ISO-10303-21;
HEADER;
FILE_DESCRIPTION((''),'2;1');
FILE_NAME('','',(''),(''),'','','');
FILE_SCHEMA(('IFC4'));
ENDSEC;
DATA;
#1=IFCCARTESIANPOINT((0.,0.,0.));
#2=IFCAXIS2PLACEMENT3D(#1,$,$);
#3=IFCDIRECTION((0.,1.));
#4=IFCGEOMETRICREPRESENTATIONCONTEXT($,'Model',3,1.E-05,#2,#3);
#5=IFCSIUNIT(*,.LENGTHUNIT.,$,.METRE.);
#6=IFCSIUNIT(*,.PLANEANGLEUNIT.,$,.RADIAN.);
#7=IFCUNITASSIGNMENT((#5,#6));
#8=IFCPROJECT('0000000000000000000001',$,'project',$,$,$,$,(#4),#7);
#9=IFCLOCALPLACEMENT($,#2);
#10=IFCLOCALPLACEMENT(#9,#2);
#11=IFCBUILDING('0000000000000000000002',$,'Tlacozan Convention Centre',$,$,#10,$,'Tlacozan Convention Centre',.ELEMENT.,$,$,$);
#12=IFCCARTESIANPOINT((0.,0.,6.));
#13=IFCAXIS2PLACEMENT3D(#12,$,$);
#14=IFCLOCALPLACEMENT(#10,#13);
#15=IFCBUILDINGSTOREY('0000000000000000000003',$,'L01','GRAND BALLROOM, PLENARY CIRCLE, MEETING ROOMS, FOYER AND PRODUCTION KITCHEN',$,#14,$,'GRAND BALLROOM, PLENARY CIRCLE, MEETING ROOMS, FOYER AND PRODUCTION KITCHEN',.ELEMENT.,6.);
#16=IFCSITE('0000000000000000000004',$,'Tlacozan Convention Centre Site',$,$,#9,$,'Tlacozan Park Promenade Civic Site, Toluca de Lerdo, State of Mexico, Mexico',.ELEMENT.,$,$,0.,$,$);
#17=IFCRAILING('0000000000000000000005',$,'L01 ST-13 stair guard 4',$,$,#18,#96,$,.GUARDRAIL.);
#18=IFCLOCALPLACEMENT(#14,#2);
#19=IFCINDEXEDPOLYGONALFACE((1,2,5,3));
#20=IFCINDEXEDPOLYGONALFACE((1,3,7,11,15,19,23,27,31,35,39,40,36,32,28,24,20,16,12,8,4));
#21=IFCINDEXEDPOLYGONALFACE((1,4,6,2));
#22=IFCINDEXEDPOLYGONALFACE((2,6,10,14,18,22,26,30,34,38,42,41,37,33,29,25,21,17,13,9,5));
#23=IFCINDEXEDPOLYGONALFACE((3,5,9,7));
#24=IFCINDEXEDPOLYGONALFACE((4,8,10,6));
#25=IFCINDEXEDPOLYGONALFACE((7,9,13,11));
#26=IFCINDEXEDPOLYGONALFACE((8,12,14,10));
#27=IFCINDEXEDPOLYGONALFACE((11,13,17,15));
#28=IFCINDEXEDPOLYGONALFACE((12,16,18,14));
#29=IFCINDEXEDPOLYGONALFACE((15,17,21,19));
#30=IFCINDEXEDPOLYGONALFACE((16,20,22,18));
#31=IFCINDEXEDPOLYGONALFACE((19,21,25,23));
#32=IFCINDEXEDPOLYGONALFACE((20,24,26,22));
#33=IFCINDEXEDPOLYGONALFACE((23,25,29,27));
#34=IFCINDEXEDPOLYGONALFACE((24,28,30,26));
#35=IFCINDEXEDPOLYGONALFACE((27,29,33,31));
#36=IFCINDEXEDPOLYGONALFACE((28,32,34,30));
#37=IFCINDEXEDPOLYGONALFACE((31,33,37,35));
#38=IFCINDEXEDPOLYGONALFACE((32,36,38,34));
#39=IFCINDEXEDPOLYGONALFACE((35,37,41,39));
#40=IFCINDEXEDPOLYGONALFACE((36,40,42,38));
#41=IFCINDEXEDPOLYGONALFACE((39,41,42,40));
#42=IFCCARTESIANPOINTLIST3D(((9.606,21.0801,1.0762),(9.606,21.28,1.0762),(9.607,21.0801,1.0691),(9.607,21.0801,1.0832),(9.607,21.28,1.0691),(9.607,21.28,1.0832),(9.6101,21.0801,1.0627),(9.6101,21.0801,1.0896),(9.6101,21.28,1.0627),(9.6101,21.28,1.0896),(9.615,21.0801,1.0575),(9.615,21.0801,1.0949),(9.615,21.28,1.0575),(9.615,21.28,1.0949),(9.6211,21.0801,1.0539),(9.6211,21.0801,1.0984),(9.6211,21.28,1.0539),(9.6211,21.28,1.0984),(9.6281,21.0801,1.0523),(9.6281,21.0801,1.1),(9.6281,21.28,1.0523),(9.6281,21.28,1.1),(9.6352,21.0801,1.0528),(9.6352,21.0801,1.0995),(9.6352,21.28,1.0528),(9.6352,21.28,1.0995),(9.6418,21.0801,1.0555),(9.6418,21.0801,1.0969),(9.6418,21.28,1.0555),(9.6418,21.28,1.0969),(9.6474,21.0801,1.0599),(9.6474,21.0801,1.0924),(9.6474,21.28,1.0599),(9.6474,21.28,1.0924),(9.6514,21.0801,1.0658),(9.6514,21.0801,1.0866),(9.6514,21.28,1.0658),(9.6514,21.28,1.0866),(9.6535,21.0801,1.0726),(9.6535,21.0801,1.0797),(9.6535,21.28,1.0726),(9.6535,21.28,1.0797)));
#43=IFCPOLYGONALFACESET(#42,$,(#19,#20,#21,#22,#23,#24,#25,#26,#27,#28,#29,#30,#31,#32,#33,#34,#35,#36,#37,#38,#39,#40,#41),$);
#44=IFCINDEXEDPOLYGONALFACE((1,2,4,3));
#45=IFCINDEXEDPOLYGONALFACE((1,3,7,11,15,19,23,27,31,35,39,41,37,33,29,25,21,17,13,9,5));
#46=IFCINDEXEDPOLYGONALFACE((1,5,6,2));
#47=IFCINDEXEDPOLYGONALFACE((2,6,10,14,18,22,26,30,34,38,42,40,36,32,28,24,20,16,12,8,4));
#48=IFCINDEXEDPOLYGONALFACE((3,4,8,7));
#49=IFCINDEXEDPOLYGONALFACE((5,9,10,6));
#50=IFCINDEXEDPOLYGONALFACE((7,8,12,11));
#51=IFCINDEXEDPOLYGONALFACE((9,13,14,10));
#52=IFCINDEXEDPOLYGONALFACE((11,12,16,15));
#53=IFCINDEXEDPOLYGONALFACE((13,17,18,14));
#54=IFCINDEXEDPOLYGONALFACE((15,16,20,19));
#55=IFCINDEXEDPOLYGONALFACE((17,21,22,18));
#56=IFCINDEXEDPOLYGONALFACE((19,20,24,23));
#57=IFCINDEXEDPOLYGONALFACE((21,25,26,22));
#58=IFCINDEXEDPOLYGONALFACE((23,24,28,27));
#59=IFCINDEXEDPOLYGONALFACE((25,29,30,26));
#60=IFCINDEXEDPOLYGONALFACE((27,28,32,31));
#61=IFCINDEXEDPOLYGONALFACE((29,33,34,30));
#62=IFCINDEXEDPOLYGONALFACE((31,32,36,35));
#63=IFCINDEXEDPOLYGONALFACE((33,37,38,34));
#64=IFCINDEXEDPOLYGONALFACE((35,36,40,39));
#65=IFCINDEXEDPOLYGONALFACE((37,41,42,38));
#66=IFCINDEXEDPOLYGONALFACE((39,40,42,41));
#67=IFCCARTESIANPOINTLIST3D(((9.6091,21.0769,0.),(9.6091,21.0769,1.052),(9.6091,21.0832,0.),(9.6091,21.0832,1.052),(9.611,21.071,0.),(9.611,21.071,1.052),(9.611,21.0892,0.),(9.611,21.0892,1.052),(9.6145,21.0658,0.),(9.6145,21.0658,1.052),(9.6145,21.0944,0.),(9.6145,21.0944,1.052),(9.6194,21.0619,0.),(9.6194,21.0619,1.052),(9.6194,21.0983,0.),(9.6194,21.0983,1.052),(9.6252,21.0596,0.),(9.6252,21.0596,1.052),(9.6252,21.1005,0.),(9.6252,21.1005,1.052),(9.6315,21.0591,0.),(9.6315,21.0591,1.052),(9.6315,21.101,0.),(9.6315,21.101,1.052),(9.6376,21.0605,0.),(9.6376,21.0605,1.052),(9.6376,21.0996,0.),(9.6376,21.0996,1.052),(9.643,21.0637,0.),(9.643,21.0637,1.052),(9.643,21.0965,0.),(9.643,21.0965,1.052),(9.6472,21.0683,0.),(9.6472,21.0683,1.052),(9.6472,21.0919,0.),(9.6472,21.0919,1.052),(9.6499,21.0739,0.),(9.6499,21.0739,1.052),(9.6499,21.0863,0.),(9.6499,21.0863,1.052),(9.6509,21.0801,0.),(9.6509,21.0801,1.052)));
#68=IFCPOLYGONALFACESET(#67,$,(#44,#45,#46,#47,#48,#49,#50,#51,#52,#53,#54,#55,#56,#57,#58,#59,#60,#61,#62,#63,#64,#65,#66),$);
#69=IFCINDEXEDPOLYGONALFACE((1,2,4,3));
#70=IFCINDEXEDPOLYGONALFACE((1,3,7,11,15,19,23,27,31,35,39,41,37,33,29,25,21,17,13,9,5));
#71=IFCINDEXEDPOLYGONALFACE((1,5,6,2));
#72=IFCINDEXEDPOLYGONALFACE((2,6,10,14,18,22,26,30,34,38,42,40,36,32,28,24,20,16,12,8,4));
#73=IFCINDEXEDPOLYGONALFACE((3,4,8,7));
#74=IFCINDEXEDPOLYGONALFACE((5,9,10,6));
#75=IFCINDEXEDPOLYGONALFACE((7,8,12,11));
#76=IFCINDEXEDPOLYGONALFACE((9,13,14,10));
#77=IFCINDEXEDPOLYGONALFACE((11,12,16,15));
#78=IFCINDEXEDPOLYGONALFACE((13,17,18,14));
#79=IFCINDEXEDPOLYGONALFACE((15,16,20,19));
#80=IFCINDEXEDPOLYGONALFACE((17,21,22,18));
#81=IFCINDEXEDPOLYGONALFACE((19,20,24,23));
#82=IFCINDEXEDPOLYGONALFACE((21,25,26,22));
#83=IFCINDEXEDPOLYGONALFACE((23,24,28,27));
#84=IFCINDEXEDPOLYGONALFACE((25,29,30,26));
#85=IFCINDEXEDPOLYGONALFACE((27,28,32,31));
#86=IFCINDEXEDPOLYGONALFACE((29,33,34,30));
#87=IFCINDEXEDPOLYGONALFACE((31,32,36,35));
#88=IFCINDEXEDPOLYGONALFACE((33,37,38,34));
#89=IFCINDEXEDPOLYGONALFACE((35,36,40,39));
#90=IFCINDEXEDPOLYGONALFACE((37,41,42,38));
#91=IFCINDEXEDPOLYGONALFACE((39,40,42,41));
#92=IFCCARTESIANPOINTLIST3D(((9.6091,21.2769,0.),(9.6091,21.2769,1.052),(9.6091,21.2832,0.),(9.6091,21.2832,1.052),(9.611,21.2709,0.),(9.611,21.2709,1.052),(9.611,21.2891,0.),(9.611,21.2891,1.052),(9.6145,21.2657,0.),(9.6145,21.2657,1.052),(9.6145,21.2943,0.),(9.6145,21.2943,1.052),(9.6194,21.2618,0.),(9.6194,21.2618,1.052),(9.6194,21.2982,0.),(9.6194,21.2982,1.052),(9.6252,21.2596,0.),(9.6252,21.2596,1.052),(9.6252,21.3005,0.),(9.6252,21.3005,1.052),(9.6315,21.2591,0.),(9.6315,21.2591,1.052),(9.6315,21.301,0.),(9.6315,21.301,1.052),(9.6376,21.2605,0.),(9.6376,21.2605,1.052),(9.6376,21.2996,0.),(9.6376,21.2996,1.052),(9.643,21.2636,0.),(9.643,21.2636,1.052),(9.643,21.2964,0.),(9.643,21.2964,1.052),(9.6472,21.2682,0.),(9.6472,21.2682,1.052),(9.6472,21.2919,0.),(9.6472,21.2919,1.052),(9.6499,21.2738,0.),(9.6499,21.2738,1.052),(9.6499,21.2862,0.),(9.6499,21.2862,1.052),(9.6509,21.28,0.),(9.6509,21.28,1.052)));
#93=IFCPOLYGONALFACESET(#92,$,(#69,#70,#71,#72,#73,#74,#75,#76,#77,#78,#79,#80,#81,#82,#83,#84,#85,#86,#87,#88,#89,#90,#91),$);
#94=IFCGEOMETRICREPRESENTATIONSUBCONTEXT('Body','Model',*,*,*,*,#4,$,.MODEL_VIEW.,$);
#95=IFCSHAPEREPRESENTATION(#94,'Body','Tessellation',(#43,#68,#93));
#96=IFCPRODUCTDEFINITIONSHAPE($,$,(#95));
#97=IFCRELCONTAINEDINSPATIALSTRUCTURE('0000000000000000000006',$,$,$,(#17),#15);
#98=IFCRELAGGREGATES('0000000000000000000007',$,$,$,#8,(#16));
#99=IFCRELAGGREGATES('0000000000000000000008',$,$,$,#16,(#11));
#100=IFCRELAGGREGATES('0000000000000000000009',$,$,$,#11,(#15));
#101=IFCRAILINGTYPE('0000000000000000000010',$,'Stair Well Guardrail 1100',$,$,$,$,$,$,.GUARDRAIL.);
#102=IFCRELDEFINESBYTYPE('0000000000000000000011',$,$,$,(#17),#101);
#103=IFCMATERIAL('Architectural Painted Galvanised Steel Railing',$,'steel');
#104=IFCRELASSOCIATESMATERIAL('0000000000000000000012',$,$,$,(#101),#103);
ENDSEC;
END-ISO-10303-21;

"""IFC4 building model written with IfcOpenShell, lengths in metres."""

from ifc_helpers import new_model, si_unit, direction, frame, origin, origin_2d, place, context, subcontext, project, spatial, circle, extrude, material, type_object, element, save


model = new_model("IFC4")

# Units and contexts
model_context = context("Model", 3, precision=1e-05, world=origin(), true_north=direction((0.0, 1.0)))
body_context = subcontext(model_context, "Body", "Model", "MODEL_VIEW")
ifc_project = project(units=[si_unit("LENGTHUNIT", "METRE"), si_unit("PLANEANGLEUNIT", "RADIAN")], contexts=[model_context])

# Site, building, storey
site_placement = place(None, origin())
site = spatial("IfcSite", under=ifc_project, at=site_placement, Name="Tlacozan Convention Centre Site", LongName="Tlacozan Park Promenade Civic Site, Toluca de Lerdo, State of Mexico, Mexico", CompositionType="ELEMENT", RefElevation=0.0)
building_placement = place(site_placement, origin())
building = spatial("IfcBuilding", under=site, at=building_placement, Name="Tlacozan Convention Centre", LongName="Tlacozan Convention Centre", CompositionType="ELEMENT")
storey_placement = place(building_placement, frame((0.0, 0.0, 6.0)))
storey = spatial("IfcBuildingStorey", under=building, at=storey_placement, Name="L01", Description="GRAND BALLROOM, PLENARY CIRCLE, MEETING ROOMS, FOYER AND PRODUCTION KITCHEN", LongName="GRAND BALLROOM, PLENARY CIRCLE, MEETING ROOMS, FOYER AND PRODUCTION KITCHEN", CompositionType="ELEMENT", Elevation=6.0)

# Railing
ifc_material_1 = material(Name="Architectural Painted Galvanised Steel Railing", Category="steel")
railing_type_1 = type_object("IfcRailingType", Name="Stair Well Guardrail 1100", PredefinedType="GUARDRAIL", material=ifc_material_1)
railing_1_placement = place(storey_placement, frame((9.6299, 21.0801, 0.0)))
element("IfcRailing", 1, at=railing_1_placement, inside=storey, type_object=railing_type_1, Name="L01 ST-13 stair guard 4", PredefinedType="GUARDRAIL", context=body_context, shape_type="SweptSolid", body=[
    extrude(circle(Radius=0.0239, at=origin_2d()), frame((0.0, 0.0, 1.0762), z_axis=(0.0, 1.0, 0.0), x_axis=(-1.0, 0.0, 0.0)), (0.0, 0.0, 1.0), 0.2),
    extrude(circle(Radius=0.021, at=origin_2d()), origin(), (0.0, 0.0, 1.0), 1.052),
    extrude(circle(Radius=0.021, at=origin_2d()), frame((0.0, 0.2, 0.0)), (0.0, 0.0, 1.0), 1.052),
])

save(model, "model.ifc")
